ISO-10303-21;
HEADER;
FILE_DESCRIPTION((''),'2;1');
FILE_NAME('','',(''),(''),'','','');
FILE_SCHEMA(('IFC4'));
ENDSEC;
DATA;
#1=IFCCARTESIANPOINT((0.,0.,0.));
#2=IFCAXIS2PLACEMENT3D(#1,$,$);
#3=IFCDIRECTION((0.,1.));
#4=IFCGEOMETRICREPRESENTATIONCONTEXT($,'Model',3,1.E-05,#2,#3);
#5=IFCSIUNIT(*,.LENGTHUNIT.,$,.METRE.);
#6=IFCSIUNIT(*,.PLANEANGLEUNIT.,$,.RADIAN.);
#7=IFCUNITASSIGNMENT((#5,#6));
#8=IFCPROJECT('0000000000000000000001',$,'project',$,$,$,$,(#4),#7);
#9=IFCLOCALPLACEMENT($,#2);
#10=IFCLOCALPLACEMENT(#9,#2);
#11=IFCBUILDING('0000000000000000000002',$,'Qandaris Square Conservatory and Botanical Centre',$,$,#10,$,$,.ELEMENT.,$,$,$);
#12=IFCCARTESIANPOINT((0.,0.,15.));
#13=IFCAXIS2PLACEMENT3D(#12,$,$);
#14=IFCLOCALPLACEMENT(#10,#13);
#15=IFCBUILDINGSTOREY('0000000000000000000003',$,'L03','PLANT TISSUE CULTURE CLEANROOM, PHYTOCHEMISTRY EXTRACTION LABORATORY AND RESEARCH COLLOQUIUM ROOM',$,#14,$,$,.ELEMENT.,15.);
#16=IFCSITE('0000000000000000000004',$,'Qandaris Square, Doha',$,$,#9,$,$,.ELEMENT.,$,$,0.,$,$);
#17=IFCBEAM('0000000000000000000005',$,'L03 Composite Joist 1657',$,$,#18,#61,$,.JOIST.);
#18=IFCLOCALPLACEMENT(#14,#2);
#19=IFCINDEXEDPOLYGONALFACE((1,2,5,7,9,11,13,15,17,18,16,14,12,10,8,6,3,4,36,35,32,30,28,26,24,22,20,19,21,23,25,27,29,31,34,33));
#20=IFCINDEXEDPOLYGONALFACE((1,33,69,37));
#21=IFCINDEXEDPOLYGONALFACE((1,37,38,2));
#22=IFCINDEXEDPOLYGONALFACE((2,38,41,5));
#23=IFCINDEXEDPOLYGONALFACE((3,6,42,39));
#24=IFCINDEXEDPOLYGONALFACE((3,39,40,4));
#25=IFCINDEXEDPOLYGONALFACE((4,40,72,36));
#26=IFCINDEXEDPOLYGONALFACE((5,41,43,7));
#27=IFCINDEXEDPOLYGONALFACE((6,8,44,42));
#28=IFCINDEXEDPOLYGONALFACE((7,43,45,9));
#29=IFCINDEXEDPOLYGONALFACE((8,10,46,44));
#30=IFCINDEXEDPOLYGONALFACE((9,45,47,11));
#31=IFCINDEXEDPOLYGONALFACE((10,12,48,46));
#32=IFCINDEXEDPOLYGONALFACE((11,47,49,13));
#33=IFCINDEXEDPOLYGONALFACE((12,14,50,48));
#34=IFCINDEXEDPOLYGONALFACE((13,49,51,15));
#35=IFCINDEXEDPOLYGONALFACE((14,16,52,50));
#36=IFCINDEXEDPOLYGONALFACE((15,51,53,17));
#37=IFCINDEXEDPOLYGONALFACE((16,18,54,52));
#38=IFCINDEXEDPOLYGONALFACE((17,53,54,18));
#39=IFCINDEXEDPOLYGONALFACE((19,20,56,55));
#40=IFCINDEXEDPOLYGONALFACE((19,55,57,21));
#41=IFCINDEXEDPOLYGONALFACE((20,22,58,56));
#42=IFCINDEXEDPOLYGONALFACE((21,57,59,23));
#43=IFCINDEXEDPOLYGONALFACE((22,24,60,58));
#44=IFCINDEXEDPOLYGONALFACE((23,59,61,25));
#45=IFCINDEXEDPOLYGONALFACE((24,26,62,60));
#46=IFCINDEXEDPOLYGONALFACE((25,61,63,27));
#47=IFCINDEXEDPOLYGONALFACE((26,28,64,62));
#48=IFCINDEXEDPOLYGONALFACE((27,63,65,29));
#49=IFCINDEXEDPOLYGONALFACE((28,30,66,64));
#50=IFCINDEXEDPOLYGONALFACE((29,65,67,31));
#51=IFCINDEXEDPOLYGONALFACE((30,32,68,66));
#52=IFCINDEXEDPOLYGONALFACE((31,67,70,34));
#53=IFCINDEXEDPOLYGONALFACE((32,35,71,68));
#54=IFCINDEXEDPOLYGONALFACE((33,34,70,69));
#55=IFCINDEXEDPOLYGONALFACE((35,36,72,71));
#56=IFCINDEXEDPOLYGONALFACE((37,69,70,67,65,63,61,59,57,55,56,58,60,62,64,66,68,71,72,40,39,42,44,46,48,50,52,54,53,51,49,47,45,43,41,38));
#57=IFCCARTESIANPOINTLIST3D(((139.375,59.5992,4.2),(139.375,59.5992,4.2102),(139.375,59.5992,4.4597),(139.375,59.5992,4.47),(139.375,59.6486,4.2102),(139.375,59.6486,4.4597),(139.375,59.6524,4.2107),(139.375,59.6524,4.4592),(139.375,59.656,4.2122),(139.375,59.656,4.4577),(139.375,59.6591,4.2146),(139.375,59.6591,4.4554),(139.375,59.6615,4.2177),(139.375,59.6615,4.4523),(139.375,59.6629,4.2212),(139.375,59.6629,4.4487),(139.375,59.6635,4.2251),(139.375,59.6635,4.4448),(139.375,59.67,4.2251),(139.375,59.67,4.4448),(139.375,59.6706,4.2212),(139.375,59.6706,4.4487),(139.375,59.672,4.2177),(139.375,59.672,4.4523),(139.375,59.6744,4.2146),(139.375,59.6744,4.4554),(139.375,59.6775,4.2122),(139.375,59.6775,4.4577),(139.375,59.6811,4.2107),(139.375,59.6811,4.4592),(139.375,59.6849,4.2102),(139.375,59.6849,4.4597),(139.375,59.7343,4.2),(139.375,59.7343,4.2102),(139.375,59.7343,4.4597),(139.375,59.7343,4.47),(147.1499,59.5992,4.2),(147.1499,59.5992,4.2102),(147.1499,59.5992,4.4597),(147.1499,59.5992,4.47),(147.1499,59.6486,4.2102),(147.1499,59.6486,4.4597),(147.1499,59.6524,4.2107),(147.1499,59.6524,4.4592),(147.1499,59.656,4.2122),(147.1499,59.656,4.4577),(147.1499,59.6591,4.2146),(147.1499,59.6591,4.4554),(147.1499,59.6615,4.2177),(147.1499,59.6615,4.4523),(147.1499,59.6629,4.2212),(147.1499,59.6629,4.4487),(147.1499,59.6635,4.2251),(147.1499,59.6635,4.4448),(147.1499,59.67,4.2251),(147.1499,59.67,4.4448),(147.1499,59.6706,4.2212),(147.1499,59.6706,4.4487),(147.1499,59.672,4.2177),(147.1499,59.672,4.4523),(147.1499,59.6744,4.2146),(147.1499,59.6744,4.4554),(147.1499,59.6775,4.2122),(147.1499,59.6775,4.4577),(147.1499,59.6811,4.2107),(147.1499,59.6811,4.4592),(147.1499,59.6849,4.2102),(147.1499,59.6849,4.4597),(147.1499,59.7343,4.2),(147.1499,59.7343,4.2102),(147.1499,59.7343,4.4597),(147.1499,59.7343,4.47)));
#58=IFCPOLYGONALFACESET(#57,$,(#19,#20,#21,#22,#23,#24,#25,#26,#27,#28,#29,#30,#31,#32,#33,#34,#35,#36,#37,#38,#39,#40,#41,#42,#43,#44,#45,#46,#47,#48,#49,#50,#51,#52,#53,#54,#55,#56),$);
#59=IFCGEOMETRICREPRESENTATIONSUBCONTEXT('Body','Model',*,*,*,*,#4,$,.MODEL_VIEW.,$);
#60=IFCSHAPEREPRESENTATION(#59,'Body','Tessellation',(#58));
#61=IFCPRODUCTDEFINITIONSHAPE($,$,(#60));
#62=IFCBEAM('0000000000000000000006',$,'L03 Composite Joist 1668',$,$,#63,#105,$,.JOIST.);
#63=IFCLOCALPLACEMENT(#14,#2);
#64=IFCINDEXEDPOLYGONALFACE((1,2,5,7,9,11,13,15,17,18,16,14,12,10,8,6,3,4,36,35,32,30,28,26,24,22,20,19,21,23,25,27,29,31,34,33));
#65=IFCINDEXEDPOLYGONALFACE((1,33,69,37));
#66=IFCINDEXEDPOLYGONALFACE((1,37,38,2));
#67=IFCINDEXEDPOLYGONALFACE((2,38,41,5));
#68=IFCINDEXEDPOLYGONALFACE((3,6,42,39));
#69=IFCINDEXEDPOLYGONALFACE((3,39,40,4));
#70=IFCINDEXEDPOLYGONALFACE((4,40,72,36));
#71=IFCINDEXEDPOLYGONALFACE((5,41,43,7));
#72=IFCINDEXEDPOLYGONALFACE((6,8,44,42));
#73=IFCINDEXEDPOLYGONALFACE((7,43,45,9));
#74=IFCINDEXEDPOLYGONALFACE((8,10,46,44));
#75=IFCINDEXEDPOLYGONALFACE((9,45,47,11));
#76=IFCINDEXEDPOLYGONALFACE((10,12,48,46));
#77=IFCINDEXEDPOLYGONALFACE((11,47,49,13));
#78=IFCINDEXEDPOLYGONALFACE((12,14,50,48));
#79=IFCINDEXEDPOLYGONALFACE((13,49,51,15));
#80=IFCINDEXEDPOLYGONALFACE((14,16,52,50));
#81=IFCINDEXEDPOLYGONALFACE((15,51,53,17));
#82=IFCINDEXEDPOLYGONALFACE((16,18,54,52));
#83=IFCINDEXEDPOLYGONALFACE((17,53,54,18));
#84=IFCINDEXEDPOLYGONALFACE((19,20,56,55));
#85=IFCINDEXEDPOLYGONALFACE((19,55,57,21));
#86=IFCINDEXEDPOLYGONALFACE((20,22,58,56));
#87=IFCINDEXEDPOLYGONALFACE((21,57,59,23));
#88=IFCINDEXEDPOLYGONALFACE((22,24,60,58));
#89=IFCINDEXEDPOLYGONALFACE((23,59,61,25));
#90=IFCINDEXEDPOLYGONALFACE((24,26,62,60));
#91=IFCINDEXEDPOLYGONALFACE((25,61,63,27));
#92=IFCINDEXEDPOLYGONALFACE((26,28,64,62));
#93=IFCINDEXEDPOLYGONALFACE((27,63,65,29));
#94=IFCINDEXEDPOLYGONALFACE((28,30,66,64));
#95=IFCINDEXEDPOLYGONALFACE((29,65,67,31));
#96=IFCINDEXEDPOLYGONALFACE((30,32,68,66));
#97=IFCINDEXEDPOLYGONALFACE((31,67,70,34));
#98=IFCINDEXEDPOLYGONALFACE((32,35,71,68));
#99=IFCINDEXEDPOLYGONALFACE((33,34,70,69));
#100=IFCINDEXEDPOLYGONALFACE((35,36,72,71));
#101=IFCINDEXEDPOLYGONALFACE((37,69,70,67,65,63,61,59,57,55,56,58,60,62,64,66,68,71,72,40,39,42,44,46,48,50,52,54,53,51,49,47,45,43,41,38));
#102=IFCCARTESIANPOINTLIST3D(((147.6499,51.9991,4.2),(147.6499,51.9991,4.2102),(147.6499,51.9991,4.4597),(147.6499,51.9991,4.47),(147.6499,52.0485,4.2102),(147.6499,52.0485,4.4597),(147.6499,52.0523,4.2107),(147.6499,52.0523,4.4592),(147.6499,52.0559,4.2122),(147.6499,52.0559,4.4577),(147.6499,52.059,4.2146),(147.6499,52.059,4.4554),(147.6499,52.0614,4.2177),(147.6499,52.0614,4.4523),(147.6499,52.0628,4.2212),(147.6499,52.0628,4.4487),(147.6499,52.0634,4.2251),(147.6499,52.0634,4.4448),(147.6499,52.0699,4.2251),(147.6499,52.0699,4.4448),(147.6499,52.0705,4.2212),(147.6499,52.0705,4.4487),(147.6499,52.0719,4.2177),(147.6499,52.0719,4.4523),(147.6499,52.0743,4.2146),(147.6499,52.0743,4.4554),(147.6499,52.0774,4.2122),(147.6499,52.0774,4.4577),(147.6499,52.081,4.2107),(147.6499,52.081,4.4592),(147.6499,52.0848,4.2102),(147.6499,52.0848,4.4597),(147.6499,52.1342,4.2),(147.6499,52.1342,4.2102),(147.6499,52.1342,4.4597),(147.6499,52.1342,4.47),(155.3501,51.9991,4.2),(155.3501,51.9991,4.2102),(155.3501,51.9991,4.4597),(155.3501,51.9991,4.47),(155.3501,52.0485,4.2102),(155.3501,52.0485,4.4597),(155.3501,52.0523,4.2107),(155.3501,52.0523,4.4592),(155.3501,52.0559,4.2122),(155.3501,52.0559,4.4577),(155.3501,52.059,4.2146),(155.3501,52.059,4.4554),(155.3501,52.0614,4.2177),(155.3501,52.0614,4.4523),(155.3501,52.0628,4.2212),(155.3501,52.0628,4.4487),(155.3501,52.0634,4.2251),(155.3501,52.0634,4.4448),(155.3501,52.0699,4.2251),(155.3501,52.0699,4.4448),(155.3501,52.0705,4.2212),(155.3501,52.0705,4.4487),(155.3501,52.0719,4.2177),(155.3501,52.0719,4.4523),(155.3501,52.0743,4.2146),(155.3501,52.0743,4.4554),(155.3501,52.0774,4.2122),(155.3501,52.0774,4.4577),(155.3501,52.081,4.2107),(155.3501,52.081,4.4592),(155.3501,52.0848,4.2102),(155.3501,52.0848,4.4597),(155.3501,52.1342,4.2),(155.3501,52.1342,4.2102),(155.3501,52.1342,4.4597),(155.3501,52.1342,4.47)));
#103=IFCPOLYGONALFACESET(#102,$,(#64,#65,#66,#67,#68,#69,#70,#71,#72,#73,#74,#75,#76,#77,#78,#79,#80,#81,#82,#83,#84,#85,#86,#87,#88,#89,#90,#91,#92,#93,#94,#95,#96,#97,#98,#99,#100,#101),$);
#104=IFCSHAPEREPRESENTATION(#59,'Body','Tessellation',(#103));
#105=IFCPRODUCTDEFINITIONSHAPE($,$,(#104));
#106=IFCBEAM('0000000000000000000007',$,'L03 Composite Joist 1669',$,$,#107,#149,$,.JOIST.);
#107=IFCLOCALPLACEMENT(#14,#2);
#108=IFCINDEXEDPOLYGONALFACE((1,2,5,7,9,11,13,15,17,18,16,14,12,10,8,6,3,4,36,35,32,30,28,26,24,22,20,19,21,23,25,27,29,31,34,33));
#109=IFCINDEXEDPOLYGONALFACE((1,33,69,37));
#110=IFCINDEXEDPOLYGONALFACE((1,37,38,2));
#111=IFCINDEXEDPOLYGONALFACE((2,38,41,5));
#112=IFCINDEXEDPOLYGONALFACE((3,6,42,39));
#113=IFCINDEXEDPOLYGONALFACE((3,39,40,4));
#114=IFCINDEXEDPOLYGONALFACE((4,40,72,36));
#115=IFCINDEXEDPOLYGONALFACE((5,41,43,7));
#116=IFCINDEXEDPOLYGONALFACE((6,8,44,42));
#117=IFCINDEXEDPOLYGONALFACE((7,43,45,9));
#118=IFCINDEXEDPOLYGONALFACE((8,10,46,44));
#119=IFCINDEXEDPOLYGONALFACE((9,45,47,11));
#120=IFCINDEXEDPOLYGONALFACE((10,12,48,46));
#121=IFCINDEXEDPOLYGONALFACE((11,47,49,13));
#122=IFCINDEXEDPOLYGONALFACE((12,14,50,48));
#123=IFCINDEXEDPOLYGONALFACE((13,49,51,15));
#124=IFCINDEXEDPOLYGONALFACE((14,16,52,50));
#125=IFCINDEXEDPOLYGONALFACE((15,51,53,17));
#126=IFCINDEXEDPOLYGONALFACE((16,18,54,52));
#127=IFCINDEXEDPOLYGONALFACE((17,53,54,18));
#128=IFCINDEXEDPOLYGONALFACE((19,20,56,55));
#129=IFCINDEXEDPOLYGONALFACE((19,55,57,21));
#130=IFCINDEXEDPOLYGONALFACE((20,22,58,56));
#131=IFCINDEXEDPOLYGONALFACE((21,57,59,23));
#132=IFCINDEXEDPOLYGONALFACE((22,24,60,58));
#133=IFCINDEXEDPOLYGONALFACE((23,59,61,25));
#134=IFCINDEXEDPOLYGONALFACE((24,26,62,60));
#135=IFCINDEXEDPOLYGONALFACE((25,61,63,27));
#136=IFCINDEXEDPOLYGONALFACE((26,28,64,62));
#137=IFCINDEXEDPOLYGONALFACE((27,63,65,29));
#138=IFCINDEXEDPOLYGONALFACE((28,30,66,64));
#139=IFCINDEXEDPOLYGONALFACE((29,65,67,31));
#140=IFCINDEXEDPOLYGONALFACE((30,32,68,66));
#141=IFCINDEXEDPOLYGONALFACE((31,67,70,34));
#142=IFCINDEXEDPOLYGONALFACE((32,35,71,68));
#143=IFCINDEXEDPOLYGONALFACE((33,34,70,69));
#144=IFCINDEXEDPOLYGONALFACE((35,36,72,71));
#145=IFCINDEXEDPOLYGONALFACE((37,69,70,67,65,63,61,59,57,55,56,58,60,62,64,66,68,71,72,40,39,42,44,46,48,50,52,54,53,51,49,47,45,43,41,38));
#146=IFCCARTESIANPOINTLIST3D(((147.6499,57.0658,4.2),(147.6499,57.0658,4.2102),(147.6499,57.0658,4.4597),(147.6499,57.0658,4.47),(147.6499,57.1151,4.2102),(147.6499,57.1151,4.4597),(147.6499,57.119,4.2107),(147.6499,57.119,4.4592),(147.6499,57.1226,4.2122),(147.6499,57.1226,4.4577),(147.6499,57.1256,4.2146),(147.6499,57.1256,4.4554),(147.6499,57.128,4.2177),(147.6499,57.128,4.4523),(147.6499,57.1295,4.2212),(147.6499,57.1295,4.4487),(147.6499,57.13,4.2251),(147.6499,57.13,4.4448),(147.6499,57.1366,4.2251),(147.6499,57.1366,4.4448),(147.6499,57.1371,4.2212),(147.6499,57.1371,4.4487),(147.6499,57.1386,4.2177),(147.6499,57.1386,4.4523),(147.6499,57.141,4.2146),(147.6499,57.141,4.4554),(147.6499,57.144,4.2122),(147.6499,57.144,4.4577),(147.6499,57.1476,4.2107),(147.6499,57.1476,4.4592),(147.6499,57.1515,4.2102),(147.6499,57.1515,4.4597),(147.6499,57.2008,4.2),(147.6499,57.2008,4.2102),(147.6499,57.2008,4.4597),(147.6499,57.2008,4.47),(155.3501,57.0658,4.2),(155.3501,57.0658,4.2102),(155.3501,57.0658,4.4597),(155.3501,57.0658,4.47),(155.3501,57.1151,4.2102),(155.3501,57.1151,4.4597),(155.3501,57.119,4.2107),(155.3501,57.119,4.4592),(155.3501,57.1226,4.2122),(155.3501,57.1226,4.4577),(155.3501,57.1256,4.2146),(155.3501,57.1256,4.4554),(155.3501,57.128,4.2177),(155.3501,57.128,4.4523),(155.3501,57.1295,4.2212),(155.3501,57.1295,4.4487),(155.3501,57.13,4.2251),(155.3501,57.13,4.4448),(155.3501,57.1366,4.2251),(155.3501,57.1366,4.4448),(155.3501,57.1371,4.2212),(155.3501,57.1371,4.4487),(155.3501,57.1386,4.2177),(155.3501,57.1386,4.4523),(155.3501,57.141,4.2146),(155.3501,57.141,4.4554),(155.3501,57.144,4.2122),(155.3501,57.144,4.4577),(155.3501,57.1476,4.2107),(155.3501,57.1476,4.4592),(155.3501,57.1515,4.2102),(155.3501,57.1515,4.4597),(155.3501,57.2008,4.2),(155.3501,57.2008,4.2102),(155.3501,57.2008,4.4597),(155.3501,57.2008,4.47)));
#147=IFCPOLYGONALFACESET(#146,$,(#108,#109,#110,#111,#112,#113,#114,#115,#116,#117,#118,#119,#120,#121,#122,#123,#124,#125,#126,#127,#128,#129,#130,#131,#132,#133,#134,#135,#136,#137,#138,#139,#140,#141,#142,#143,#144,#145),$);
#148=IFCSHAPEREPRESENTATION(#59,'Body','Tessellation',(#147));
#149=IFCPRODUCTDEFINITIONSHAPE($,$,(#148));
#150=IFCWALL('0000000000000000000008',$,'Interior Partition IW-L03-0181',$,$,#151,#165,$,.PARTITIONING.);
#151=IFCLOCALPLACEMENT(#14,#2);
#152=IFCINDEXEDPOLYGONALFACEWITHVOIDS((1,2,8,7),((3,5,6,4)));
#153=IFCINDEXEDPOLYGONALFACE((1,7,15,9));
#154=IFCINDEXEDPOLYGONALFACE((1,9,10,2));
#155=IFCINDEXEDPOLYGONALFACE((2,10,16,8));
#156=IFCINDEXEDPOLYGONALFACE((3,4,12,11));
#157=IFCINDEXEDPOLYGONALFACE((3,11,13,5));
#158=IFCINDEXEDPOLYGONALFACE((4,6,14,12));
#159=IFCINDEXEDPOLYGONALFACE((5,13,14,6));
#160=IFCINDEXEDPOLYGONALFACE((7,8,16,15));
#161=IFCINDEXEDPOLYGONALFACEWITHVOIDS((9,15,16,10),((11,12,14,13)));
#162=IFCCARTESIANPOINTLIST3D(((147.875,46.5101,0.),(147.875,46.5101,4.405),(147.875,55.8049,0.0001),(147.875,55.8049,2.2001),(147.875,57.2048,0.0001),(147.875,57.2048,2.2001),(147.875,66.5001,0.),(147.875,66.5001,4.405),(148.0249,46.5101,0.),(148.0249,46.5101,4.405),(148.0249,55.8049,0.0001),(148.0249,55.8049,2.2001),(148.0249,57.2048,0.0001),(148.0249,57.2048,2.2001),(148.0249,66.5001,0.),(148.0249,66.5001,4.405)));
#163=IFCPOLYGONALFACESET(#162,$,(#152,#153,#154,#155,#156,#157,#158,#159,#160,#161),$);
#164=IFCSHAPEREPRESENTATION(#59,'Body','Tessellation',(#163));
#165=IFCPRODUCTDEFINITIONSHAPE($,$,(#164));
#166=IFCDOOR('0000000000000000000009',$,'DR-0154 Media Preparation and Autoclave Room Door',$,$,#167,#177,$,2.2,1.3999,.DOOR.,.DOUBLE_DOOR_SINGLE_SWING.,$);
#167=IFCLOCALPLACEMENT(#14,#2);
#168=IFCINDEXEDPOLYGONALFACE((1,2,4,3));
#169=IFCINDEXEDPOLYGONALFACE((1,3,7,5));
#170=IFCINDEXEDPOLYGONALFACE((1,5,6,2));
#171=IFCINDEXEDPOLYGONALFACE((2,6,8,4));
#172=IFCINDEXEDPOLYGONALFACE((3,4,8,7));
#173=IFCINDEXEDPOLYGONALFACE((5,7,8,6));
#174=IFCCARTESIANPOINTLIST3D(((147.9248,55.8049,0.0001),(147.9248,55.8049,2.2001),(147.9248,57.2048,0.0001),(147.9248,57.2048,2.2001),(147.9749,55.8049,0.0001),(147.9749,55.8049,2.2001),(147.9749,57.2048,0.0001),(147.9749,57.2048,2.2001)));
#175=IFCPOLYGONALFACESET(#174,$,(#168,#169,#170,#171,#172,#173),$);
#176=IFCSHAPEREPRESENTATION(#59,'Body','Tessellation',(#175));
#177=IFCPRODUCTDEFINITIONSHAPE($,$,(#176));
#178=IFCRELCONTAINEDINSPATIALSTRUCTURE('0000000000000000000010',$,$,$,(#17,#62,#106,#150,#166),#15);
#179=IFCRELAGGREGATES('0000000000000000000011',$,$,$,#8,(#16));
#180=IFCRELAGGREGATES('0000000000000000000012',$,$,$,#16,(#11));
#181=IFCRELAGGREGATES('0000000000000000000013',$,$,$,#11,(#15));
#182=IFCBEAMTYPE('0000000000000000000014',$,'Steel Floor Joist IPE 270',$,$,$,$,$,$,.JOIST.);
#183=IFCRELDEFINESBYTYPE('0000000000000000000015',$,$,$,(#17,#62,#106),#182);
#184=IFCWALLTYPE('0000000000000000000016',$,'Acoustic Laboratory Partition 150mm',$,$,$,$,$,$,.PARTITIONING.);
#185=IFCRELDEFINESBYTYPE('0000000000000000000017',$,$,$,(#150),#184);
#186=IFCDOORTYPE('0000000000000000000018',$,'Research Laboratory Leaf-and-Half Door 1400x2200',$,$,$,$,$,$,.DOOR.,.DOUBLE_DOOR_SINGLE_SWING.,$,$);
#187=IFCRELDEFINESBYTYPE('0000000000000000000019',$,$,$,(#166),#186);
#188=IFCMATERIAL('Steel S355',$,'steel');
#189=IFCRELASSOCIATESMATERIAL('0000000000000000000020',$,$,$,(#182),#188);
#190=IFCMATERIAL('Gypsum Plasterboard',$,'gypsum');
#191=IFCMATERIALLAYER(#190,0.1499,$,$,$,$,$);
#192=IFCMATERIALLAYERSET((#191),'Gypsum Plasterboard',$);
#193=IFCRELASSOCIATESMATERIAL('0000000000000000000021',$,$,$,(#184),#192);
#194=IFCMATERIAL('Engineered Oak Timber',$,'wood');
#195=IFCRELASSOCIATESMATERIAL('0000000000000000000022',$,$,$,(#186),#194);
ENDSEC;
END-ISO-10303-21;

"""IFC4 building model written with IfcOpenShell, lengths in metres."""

from ifc_helpers import new_model, si_unit, direction, frame, frame_2d, origin, origin_2d, place, context, subcontext, project, spatial, rectangle, i_section, extrude, material, layer, layer_set, material_profile, profile_set, type_object, element, fill, save


model = new_model("IFC4")

# Units and contexts
model_context = context("Model", 3, precision=1e-05, world=origin(), true_north=direction((0.0, 1.0)))
body_context = subcontext(model_context, "Body", "Model", "MODEL_VIEW")
ifc_project = project(units=[si_unit("LENGTHUNIT", "METRE"), si_unit("PLANEANGLEUNIT", "RADIAN")], contexts=[model_context])

# Site, building, storey
site_placement = place(None, origin())
site = spatial("IfcSite", under=ifc_project, at=site_placement, Name="Qandaris Square, Doha", CompositionType="ELEMENT", RefElevation=0.0)
building_placement = place(site_placement, origin())
building = spatial("IfcBuilding", under=site, at=building_placement, Name="Qandaris Square Conservatory and Botanical Centre", CompositionType="ELEMENT")
storey_placement = place(building_placement, frame((0.0, 0.0, 15.0)))
storey = spatial("IfcBuildingStorey", under=building, at=storey_placement, Name="L03", Description="PLANT TISSUE CULTURE CLEANROOM, PHYTOCHEMISTRY EXTRACTION LABORATORY AND RESEARCH COLLOQUIUM ROOM", CompositionType="ELEMENT", Elevation=15.0)

# Beams
ifc_material_1 = material(Name="Steel S355", Category="steel")
ifc_material_profile_1 = material_profile(ifc_material_1, i_section(OverallWidth=0.135, OverallDepth=0.27, WebThickness=0.0066, FlangeThickness=0.0103, FilletRadius=0.0149, at=origin_2d()), Name="IPE 270")
ifc_profile_set_1 = profile_set([ifc_material_profile_1], Name="Steel S355")
beam_type_1 = type_object("IfcBeamType", Name="Steel Floor Joist IPE 270", PredefinedType="JOIST", material=ifc_profile_set_1)
beam_1_placement = place(storey_placement, frame((139.375, 59.6667, 4.335), z_axis=(1.0, 0.0, 0.0), x_axis=(0.0, 1.0, 0.0)))
element("IfcBeam", 1, at=beam_1_placement, inside=storey, type_object=beam_type_1, Name="L03 Composite Joist 1657", PredefinedType="JOIST", context=body_context, shape_type="SweptSolid", body=[
    extrude(i_section(OverallWidth=0.135, OverallDepth=0.27, WebThickness=0.0066, FlangeThickness=0.0103, FilletRadius=0.0149, at=origin_2d()), origin(), (0.0, 0.0, 1.0), 7.7749),
])
for number, where, z_axis, x_axis, name in (
    (2, (147.6499, 52.0667, 4.335), (1.0, 0.0, 0.0), (0.0, 1.0, 0.0), "L03 Composite Joist 1668"),
    (3, (147.6499, 57.1333, 4.335), (1.0, 0.0, 0.0), (0.0, 1.0, 0.0), "L03 Composite Joist 1669"),
):
    element("IfcBeam", number, at=place(storey_placement, frame(where, z_axis=z_axis, x_axis=x_axis)), inside=storey, type_object=beam_type_1, Name=name, PredefinedType="JOIST", context=body_context, shape_type="SweptSolid", body=[
        extrude(i_section(OverallWidth=0.135, OverallDepth=0.27, WebThickness=0.0066, FlangeThickness=0.0103, FilletRadius=0.0149, at=origin_2d()), origin(), (0.0, 0.0, 1.0), 7.7002),
    ])

# Wall, opening, door
ifc_material_2 = material(Name="Gypsum Plasterboard", Category="gypsum")
ifc_layer_1 = layer(ifc_material_2, 0.1499)
ifc_layer_set_1 = layer_set([ifc_layer_1], Name="Gypsum Plasterboard")
wall_type_1 = type_object("IfcWallType", Name="Acoustic Laboratory Partition 150mm", PredefinedType="PARTITIONING", material=ifc_layer_set_1)
wall_1_placement = place(storey_placement, frame((147.95, 46.51, 0.0), z_axis=(0.0, 0.0, 1.0), x_axis=(0.0, 1.0, 0.0)))
wall_1 = element("IfcWall", 4, at=wall_1_placement, inside=storey, type_object=wall_type_1, Name="Interior Partition IW-L03-0181", PredefinedType="PARTITIONING", context=body_context, shape_type="SweptSolid", body=[
    extrude(rectangle(XDim=19.99, YDim=0.1499, at=frame_2d((9.9951, 0.0))), origin(), (0.0, 0.0, 1.0), 4.405),
])
opening_1_placement = place(wall_1_placement, frame((9.2949, 0.0, 0.0)))
opening_1 = element("IfcOpeningElement", 5, at=opening_1_placement, cuts=wall_1, PredefinedType="OPENING", context=body_context, shape_type="SweptSolid", body=[
    extrude(rectangle(XDim=1.3999, YDim=2.2, at=frame_2d((0.7, 1.1001))), frame((0.0, 0.0869, 0.0), z_axis=(0.0, -1.0, 0.0), x_axis=(1.0, 0.0, 0.0)), (0.0, 0.0, 1.0), 0.1738),
])
ifc_material_3 = material(Name="Engineered Oak Timber", Category="wood")
door_type_1 = type_object("IfcDoorType", Name="Research Laboratory Leaf-and-Half Door 1400x2200", OperationType="DOUBLE_DOOR_SINGLE_SWING", PredefinedType="DOOR", material=ifc_material_3)
door_1_placement = place(opening_1_placement, frame((1.3999, 0.0, 0.0), z_axis=(0.0, 0.0, 1.0), x_axis=(-1.0, 0.0, 0.0)))
door_1 = element("IfcDoor", 6, at=door_1_placement, inside=storey, type_object=door_type_1, Name="DR-0154 Media Preparation and Autoclave Room Door", OperationType="DOUBLE_DOOR_SINGLE_SWING", OverallHeight=2.2, OverallWidth=1.3999, PredefinedType="DOOR", context=body_context, shape_type="SweptSolid", body=[
    extrude(rectangle(XDim=1.3999, YDim=2.2, at=frame_2d((0.7, 1.1001))), frame((0.0, 0.0249, 0.0), z_axis=(0.0, -1.0, 0.0), x_axis=(1.0, 0.0, 0.0)), (0.0, 0.0, 1.0), 0.05),
])
fill(opening_1, door_1)

save(model, "model.ifc")
